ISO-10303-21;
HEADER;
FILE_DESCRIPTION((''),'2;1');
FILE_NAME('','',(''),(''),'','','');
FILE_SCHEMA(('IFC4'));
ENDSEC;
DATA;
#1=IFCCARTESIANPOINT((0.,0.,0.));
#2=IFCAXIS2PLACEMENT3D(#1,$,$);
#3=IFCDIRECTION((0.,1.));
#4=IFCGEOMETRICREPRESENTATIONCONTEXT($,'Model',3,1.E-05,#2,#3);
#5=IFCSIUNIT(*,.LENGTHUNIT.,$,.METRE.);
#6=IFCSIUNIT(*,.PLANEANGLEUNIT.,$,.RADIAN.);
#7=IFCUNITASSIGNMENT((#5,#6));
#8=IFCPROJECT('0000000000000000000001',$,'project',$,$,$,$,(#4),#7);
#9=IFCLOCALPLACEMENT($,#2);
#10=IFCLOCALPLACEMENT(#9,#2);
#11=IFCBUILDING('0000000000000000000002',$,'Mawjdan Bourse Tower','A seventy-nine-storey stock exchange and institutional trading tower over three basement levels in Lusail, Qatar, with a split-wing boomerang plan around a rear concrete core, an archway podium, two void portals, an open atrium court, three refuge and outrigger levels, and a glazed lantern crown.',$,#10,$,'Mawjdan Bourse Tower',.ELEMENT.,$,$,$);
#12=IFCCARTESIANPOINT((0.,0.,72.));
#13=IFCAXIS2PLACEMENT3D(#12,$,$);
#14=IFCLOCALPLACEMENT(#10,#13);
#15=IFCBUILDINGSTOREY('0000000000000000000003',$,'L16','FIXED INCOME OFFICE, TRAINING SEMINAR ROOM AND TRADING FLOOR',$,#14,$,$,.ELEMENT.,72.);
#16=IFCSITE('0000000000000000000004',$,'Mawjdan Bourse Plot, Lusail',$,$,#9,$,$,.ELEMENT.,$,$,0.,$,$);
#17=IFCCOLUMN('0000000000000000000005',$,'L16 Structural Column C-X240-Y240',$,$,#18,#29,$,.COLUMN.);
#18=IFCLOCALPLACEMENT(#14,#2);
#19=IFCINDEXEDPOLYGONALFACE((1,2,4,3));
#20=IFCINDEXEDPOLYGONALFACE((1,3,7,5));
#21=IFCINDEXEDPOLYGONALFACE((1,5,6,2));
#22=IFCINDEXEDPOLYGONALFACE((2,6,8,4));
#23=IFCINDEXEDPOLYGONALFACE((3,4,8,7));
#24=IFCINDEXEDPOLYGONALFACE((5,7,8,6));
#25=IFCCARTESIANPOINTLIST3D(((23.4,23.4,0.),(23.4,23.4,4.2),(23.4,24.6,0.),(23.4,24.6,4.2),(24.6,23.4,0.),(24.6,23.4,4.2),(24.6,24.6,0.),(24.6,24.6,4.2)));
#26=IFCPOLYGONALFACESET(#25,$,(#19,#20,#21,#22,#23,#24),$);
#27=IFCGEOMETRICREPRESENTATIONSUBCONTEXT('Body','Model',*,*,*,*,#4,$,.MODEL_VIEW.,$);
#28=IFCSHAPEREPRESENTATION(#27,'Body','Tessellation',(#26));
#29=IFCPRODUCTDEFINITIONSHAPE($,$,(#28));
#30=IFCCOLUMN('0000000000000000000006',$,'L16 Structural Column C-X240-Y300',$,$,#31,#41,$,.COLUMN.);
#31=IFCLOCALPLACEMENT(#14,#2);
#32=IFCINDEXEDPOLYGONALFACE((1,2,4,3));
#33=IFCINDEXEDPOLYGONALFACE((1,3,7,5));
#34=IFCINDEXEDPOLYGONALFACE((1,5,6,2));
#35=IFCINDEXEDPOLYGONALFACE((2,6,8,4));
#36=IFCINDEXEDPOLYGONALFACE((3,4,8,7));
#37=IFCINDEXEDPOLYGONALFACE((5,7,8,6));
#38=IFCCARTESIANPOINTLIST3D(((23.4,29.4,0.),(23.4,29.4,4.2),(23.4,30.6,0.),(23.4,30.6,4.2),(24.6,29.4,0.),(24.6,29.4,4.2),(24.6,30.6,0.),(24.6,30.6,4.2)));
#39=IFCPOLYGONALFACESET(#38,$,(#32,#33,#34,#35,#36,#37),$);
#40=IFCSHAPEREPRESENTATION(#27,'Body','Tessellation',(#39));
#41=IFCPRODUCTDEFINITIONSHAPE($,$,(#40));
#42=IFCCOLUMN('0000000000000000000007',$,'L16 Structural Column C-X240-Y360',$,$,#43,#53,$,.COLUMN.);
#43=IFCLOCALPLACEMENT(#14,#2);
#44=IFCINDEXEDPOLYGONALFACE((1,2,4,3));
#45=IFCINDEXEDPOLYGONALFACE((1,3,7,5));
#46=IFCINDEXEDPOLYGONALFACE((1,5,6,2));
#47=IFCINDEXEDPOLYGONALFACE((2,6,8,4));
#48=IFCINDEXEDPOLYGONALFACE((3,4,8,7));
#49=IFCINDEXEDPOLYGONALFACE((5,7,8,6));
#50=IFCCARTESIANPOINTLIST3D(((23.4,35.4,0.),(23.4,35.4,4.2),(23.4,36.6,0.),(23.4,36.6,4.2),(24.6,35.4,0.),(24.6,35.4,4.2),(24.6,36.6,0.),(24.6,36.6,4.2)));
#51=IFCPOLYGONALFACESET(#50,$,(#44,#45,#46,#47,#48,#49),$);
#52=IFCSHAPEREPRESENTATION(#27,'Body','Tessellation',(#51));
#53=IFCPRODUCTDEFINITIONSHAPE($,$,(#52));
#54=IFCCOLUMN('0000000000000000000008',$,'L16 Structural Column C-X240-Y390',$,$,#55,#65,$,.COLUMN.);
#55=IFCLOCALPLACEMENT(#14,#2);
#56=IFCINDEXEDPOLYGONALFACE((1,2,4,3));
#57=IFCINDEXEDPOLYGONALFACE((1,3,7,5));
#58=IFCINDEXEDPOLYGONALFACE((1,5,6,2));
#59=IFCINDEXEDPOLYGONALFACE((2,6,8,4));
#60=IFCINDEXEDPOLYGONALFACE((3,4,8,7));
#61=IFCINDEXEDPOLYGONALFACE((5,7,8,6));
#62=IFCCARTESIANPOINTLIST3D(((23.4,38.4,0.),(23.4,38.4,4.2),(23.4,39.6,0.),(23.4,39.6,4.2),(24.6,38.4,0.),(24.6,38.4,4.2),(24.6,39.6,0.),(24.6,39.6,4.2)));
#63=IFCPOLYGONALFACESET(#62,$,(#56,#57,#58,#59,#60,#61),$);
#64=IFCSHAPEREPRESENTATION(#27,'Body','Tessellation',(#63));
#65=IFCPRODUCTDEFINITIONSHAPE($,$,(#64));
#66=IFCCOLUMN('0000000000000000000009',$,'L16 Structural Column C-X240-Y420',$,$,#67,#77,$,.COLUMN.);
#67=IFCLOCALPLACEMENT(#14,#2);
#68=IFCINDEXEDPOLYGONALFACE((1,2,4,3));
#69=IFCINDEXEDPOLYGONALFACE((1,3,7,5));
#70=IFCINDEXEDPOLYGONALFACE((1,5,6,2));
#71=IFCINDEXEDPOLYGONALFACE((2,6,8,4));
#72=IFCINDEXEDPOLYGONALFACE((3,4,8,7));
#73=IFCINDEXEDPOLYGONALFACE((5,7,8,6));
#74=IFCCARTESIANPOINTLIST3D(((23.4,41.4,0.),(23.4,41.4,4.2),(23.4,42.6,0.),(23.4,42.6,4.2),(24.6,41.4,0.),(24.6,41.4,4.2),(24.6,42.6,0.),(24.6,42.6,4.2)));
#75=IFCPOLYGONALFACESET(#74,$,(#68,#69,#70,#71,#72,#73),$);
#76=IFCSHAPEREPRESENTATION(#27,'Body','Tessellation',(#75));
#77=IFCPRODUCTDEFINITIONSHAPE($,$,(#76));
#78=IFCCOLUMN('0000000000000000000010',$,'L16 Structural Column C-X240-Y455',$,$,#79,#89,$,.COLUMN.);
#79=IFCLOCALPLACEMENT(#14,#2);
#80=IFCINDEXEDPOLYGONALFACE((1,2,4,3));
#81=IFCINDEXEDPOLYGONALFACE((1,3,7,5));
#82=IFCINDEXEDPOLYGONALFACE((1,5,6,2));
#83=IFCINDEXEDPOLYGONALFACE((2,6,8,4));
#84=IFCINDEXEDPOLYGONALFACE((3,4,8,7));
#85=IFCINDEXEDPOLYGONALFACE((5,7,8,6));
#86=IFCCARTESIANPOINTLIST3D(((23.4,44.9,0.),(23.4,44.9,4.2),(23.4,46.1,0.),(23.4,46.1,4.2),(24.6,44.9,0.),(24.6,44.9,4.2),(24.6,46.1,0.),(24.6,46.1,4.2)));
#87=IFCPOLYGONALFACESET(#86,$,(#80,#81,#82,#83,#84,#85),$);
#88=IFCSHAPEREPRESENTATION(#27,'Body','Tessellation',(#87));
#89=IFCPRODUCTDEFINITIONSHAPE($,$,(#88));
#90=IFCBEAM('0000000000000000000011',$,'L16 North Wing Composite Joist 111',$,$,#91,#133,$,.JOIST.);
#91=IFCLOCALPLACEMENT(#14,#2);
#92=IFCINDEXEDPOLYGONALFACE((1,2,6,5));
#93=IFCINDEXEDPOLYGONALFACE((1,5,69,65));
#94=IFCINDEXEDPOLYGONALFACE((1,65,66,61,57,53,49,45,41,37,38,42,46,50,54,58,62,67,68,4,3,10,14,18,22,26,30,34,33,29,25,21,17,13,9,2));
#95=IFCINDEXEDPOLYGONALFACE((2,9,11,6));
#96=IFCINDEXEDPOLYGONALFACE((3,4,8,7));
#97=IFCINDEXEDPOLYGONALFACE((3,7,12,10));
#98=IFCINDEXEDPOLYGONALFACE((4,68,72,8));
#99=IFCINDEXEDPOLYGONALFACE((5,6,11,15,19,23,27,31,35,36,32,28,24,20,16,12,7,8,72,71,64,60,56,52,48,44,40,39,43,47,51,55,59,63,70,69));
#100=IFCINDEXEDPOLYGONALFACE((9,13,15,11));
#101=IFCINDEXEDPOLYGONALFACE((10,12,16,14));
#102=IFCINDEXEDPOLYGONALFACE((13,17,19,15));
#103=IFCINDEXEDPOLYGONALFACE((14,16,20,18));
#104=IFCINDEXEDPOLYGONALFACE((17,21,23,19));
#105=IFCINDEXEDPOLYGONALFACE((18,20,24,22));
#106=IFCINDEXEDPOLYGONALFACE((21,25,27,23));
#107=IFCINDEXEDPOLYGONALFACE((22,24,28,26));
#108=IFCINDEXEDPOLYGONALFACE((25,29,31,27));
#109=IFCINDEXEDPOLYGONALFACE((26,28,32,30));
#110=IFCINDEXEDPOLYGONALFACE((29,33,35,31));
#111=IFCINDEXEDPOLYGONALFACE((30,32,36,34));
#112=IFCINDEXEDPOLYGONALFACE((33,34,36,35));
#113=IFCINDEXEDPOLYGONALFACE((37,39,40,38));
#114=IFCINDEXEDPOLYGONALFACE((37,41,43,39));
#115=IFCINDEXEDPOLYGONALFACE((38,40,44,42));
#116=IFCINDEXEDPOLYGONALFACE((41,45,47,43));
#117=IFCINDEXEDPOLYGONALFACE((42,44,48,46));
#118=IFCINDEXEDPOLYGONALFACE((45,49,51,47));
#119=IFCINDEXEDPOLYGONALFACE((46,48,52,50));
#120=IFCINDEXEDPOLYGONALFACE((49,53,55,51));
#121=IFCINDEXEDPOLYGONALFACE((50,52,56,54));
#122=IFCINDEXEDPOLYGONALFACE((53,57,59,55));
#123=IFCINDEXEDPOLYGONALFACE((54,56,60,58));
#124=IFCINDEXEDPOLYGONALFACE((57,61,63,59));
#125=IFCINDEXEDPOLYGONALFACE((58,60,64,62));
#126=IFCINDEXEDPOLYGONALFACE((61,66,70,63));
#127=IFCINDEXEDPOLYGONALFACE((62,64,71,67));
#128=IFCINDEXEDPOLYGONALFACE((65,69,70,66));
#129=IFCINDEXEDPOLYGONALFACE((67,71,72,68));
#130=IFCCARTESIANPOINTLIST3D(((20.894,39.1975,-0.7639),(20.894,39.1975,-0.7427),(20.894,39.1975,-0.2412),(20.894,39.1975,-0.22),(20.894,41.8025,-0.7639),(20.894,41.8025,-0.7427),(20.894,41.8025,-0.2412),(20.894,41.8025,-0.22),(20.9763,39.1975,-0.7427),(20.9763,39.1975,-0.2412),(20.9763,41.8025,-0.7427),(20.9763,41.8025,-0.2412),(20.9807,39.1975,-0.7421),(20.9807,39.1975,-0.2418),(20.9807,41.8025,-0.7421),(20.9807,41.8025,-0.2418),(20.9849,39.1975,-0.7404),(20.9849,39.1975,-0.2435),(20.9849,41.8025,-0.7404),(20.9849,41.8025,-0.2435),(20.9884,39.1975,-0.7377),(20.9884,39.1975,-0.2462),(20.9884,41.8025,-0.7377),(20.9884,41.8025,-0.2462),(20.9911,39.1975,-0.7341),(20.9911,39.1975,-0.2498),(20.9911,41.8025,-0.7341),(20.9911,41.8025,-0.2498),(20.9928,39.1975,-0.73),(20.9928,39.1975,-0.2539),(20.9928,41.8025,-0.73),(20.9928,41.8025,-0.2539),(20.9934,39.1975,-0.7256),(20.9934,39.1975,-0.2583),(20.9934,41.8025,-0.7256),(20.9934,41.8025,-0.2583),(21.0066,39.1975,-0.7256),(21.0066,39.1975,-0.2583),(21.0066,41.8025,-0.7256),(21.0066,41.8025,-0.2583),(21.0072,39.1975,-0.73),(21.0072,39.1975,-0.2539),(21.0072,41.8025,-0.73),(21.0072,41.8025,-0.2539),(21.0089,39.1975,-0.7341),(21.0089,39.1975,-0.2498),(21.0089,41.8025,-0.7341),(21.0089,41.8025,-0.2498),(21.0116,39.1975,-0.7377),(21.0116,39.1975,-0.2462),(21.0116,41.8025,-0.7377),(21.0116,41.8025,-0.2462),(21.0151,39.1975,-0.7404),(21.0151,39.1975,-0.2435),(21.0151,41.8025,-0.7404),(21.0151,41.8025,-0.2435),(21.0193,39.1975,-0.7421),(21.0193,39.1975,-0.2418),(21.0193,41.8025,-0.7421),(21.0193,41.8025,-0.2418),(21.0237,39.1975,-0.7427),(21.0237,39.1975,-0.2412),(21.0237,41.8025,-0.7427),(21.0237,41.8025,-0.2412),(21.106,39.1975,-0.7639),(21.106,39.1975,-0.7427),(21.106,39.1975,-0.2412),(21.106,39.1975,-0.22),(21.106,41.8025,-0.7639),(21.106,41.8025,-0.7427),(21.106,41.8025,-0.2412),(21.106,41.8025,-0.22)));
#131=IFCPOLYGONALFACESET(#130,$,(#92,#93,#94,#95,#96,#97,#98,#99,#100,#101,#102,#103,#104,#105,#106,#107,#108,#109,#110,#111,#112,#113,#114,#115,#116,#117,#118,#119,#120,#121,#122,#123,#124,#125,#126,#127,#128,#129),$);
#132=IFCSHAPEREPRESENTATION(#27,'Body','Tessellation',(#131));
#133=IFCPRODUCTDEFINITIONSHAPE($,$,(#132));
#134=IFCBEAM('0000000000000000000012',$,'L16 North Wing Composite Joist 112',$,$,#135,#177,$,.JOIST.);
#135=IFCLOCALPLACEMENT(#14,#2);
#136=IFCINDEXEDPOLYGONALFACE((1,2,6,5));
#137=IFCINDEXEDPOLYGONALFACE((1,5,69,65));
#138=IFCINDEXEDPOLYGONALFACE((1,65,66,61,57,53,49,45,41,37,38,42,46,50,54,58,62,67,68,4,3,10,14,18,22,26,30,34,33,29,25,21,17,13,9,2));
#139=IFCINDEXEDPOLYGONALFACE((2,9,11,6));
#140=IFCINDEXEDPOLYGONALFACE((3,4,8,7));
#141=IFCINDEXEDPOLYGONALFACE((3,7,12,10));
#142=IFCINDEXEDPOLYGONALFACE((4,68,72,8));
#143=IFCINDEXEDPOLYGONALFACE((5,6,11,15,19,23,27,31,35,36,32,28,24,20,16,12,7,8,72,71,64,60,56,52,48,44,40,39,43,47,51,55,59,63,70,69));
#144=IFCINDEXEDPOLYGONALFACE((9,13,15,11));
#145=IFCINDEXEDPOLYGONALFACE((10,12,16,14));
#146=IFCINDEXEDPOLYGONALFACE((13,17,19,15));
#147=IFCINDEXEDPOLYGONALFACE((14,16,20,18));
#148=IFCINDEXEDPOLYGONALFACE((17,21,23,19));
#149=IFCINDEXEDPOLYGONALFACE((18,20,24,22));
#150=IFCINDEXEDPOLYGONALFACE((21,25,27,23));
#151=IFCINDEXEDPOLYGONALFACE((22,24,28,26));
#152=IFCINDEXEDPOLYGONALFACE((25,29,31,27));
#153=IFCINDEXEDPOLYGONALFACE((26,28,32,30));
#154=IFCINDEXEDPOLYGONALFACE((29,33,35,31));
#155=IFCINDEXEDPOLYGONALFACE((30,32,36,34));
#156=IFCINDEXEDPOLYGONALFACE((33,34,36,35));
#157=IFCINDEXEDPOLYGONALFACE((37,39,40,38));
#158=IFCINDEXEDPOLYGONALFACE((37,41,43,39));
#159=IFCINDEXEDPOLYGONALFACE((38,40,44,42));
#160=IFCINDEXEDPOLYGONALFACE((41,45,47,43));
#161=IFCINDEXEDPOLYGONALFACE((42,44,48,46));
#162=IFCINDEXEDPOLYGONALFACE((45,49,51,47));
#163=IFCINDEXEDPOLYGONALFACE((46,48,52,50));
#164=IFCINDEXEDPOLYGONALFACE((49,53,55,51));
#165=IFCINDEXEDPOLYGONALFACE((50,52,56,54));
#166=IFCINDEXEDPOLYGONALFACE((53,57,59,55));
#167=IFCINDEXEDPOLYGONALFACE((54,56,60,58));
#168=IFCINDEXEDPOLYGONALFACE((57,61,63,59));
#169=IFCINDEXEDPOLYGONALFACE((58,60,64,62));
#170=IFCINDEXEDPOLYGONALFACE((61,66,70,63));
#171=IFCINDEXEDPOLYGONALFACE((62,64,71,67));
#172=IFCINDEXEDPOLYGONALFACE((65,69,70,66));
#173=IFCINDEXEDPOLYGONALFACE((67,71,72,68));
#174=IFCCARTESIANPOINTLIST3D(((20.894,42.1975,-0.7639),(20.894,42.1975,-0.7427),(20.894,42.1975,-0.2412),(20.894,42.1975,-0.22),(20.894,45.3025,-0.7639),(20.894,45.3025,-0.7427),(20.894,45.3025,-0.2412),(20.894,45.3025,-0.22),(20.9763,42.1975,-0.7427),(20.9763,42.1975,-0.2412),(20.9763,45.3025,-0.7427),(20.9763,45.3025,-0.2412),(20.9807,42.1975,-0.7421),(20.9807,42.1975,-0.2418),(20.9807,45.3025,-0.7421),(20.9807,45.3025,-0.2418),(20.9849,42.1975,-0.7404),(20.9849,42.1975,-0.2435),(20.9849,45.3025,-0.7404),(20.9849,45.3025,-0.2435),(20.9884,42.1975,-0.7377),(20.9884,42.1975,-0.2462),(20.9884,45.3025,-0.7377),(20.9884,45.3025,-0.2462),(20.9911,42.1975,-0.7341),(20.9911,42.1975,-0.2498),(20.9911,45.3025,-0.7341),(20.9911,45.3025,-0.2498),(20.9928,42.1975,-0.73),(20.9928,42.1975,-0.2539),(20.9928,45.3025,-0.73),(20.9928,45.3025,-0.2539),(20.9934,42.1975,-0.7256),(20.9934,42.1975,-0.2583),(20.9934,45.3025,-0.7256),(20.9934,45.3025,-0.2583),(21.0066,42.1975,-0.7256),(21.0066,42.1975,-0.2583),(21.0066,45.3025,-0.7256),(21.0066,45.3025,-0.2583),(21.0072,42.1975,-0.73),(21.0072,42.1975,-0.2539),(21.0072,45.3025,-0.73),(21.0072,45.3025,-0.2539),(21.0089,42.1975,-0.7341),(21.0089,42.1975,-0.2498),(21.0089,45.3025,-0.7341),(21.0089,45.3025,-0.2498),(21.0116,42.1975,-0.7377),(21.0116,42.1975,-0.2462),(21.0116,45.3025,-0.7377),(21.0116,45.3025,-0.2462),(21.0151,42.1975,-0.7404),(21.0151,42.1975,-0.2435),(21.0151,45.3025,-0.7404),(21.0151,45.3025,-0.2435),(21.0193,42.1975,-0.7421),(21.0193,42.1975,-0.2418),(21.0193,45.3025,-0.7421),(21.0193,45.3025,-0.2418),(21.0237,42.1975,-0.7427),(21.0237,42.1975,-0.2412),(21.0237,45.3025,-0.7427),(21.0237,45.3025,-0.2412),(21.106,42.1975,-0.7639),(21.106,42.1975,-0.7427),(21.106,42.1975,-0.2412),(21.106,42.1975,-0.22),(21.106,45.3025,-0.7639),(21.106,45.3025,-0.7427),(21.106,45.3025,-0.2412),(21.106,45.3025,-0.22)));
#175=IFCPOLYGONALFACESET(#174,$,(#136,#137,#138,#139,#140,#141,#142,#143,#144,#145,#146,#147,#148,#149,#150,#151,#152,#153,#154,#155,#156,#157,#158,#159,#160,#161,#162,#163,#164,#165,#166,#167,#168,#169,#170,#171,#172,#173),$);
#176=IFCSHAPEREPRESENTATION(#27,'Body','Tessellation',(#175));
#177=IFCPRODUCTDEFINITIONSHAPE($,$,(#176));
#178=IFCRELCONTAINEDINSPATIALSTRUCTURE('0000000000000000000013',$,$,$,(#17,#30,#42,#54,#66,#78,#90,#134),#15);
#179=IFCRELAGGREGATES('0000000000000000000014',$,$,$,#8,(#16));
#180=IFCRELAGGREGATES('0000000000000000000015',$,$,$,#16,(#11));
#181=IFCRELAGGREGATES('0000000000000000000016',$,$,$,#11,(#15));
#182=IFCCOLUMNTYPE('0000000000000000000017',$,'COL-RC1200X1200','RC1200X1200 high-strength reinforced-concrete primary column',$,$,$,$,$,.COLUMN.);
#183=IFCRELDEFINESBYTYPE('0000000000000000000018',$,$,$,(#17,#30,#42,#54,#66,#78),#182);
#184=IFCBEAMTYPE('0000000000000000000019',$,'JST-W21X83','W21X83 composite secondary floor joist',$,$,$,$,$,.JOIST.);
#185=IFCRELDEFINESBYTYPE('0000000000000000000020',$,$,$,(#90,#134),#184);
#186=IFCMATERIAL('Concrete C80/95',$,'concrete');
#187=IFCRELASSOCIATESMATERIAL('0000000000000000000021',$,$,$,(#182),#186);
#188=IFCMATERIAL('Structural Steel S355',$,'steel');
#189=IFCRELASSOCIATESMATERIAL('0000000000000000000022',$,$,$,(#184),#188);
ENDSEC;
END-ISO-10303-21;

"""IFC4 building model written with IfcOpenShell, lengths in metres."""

from ifc_helpers import new_model, si_unit, direction, frame, origin, origin_2d, place, context, subcontext, project, spatial, rectangle, i_section, extrude, material, material_profile, profile_set, type_object, element, save


model = new_model("IFC4")

# Units and contexts
model_context = context("Model", 3, precision=1e-05, world=origin(), true_north=direction((0.0, 1.0)))
body_context = subcontext(model_context, "Body", "Model", "MODEL_VIEW")
ifc_project = project(units=[si_unit("LENGTHUNIT", "METRE"), si_unit("PLANEANGLEUNIT", "RADIAN")], contexts=[model_context])

# Site, building, storey
site_placement = place(None, origin())
site = spatial("IfcSite", under=ifc_project, at=site_placement, Name="Mawjdan Bourse Plot, Lusail", CompositionType="ELEMENT", RefElevation=0.0)
building_placement = place(site_placement, origin())
building = spatial("IfcBuilding", under=site, at=building_placement, Name="Mawjdan Bourse Tower", Description="A seventy-nine-storey stock exchange and institutional trading tower over three basement levels in Lusail, Qatar, with a split-wing boomerang plan around a rear concrete core, an archway podium, two void portals, an open atrium court, three refuge and outrigger levels, and a glazed lantern crown.", LongName="Mawjdan Bourse Tower", CompositionType="ELEMENT")
storey_placement = place(building_placement, frame((0.0, 0.0, 72.0)))
storey = spatial("IfcBuildingStorey", under=building, at=storey_placement, Name="L16", Description="FIXED INCOME OFFICE, TRAINING SEMINAR ROOM AND TRADING FLOOR", CompositionType="ELEMENT", Elevation=72.0)

# Columns
ifc_material_1 = material(Name="Concrete C80/95", Category="concrete")
ifc_material_profile_1 = material_profile(ifc_material_1, rectangle(XDim=1.2, YDim=1.2, at=origin_2d()), Name="RC1200X1200")
ifc_profile_set_1 = profile_set([ifc_material_profile_1], Name="Concrete C80/95")
column_type = type_object("IfcColumnType", Name="COL-RC1200X1200", Description="RC1200X1200 high-strength reinforced-concrete primary column", PredefinedType="COLUMN", material=ifc_profile_set_1)
for number, where, z_axis, x_axis, name in (
    (1, (24.0, 24.0, 0.0), (0.0, 0.0, 1.0), (1.0, 0.0, 0.0), "L16 Structural Column C-X240-Y240"),
    (2, (24.0, 30.0, 0.0), (0.0, 0.0, 1.0), (1.0, 0.0, 0.0), "L16 Structural Column C-X240-Y300"),
    (3, (24.0, 36.0, 0.0), (0.0, 0.0, 1.0), (1.0, 0.0, 0.0), "L16 Structural Column C-X240-Y360"),
    (4, (24.0, 39.0, 0.0), (0.0, 0.0, 1.0), (1.0, 0.0, 0.0), "L16 Structural Column C-X240-Y390"),
    (5, (24.0, 42.0, 0.0), (0.0, 0.0, 1.0), (1.0, 0.0, 0.0), "L16 Structural Column C-X240-Y420"),
    (6, (24.0, 45.5, 0.0), (0.0, 0.0, 1.0), (1.0, 0.0, 0.0), "L16 Structural Column C-X240-Y455"),
):
    element("IfcColumn", number, at=place(storey_placement, frame(where, z_axis=z_axis, x_axis=x_axis)), inside=storey, type_object=column_type, Name=name, PredefinedType="COLUMN", context=body_context, shape_type="SweptSolid", body=[
        extrude(rectangle(XDim=1.2, YDim=1.2, at=origin_2d()), origin(), (0.0, 0.0, 1.0), 4.2),
    ])

# Beams
ifc_material_2 = material(Name="Structural Steel S355", Category="steel")
ifc_material_profile_2 = material_profile(ifc_material_2, i_section(OverallWidth=0.2119, OverallDepth=0.5439, WebThickness=0.0132, FlangeThickness=0.0212, FilletRadius=0.0171, at=origin_2d()), Name="W21X83")
ifc_profile_set_2 = profile_set([ifc_material_profile_2], Name="Structural Steel S355")
beam_type_1 = type_object("IfcBeamType", Name="JST-W21X83", Description="W21X83 composite secondary floor joist", PredefinedType="JOIST", material=ifc_profile_set_2)
beam_1_placement = place(storey_placement, frame((21.0, 39.1975, -0.4919), z_axis=(0.0, 1.0, 0.0), x_axis=(-1.0, 0.0, 0.0)))
element("IfcBeam", 7, at=beam_1_placement, inside=storey, type_object=beam_type_1, Name="L16 North Wing Composite Joist 111", PredefinedType="JOIST", context=body_context, shape_type="SweptSolid", body=[
    extrude(i_section(OverallWidth=0.2119, OverallDepth=0.5439, WebThickness=0.0132, FlangeThickness=0.0212, FilletRadius=0.0171, at=origin_2d()), origin(), (0.0, 0.0, 1.0), 2.605),
])
beam_2_placement = place(storey_placement, frame((21.0, 42.1975, -0.4919), z_axis=(0.0, 1.0, 0.0), x_axis=(-1.0, 0.0, 0.0)))
element("IfcBeam", 8, at=beam_2_placement, inside=storey, type_object=beam_type_1, Name="L16 North Wing Composite Joist 112", PredefinedType="JOIST", context=body_context, shape_type="SweptSolid", body=[
    extrude(i_section(OverallWidth=0.2119, OverallDepth=0.5439, WebThickness=0.0132, FlangeThickness=0.0212, FilletRadius=0.0171, at=origin_2d()), origin(), (0.0, 0.0, 1.0), 3.105),
])

save(model, "model.ifc")
